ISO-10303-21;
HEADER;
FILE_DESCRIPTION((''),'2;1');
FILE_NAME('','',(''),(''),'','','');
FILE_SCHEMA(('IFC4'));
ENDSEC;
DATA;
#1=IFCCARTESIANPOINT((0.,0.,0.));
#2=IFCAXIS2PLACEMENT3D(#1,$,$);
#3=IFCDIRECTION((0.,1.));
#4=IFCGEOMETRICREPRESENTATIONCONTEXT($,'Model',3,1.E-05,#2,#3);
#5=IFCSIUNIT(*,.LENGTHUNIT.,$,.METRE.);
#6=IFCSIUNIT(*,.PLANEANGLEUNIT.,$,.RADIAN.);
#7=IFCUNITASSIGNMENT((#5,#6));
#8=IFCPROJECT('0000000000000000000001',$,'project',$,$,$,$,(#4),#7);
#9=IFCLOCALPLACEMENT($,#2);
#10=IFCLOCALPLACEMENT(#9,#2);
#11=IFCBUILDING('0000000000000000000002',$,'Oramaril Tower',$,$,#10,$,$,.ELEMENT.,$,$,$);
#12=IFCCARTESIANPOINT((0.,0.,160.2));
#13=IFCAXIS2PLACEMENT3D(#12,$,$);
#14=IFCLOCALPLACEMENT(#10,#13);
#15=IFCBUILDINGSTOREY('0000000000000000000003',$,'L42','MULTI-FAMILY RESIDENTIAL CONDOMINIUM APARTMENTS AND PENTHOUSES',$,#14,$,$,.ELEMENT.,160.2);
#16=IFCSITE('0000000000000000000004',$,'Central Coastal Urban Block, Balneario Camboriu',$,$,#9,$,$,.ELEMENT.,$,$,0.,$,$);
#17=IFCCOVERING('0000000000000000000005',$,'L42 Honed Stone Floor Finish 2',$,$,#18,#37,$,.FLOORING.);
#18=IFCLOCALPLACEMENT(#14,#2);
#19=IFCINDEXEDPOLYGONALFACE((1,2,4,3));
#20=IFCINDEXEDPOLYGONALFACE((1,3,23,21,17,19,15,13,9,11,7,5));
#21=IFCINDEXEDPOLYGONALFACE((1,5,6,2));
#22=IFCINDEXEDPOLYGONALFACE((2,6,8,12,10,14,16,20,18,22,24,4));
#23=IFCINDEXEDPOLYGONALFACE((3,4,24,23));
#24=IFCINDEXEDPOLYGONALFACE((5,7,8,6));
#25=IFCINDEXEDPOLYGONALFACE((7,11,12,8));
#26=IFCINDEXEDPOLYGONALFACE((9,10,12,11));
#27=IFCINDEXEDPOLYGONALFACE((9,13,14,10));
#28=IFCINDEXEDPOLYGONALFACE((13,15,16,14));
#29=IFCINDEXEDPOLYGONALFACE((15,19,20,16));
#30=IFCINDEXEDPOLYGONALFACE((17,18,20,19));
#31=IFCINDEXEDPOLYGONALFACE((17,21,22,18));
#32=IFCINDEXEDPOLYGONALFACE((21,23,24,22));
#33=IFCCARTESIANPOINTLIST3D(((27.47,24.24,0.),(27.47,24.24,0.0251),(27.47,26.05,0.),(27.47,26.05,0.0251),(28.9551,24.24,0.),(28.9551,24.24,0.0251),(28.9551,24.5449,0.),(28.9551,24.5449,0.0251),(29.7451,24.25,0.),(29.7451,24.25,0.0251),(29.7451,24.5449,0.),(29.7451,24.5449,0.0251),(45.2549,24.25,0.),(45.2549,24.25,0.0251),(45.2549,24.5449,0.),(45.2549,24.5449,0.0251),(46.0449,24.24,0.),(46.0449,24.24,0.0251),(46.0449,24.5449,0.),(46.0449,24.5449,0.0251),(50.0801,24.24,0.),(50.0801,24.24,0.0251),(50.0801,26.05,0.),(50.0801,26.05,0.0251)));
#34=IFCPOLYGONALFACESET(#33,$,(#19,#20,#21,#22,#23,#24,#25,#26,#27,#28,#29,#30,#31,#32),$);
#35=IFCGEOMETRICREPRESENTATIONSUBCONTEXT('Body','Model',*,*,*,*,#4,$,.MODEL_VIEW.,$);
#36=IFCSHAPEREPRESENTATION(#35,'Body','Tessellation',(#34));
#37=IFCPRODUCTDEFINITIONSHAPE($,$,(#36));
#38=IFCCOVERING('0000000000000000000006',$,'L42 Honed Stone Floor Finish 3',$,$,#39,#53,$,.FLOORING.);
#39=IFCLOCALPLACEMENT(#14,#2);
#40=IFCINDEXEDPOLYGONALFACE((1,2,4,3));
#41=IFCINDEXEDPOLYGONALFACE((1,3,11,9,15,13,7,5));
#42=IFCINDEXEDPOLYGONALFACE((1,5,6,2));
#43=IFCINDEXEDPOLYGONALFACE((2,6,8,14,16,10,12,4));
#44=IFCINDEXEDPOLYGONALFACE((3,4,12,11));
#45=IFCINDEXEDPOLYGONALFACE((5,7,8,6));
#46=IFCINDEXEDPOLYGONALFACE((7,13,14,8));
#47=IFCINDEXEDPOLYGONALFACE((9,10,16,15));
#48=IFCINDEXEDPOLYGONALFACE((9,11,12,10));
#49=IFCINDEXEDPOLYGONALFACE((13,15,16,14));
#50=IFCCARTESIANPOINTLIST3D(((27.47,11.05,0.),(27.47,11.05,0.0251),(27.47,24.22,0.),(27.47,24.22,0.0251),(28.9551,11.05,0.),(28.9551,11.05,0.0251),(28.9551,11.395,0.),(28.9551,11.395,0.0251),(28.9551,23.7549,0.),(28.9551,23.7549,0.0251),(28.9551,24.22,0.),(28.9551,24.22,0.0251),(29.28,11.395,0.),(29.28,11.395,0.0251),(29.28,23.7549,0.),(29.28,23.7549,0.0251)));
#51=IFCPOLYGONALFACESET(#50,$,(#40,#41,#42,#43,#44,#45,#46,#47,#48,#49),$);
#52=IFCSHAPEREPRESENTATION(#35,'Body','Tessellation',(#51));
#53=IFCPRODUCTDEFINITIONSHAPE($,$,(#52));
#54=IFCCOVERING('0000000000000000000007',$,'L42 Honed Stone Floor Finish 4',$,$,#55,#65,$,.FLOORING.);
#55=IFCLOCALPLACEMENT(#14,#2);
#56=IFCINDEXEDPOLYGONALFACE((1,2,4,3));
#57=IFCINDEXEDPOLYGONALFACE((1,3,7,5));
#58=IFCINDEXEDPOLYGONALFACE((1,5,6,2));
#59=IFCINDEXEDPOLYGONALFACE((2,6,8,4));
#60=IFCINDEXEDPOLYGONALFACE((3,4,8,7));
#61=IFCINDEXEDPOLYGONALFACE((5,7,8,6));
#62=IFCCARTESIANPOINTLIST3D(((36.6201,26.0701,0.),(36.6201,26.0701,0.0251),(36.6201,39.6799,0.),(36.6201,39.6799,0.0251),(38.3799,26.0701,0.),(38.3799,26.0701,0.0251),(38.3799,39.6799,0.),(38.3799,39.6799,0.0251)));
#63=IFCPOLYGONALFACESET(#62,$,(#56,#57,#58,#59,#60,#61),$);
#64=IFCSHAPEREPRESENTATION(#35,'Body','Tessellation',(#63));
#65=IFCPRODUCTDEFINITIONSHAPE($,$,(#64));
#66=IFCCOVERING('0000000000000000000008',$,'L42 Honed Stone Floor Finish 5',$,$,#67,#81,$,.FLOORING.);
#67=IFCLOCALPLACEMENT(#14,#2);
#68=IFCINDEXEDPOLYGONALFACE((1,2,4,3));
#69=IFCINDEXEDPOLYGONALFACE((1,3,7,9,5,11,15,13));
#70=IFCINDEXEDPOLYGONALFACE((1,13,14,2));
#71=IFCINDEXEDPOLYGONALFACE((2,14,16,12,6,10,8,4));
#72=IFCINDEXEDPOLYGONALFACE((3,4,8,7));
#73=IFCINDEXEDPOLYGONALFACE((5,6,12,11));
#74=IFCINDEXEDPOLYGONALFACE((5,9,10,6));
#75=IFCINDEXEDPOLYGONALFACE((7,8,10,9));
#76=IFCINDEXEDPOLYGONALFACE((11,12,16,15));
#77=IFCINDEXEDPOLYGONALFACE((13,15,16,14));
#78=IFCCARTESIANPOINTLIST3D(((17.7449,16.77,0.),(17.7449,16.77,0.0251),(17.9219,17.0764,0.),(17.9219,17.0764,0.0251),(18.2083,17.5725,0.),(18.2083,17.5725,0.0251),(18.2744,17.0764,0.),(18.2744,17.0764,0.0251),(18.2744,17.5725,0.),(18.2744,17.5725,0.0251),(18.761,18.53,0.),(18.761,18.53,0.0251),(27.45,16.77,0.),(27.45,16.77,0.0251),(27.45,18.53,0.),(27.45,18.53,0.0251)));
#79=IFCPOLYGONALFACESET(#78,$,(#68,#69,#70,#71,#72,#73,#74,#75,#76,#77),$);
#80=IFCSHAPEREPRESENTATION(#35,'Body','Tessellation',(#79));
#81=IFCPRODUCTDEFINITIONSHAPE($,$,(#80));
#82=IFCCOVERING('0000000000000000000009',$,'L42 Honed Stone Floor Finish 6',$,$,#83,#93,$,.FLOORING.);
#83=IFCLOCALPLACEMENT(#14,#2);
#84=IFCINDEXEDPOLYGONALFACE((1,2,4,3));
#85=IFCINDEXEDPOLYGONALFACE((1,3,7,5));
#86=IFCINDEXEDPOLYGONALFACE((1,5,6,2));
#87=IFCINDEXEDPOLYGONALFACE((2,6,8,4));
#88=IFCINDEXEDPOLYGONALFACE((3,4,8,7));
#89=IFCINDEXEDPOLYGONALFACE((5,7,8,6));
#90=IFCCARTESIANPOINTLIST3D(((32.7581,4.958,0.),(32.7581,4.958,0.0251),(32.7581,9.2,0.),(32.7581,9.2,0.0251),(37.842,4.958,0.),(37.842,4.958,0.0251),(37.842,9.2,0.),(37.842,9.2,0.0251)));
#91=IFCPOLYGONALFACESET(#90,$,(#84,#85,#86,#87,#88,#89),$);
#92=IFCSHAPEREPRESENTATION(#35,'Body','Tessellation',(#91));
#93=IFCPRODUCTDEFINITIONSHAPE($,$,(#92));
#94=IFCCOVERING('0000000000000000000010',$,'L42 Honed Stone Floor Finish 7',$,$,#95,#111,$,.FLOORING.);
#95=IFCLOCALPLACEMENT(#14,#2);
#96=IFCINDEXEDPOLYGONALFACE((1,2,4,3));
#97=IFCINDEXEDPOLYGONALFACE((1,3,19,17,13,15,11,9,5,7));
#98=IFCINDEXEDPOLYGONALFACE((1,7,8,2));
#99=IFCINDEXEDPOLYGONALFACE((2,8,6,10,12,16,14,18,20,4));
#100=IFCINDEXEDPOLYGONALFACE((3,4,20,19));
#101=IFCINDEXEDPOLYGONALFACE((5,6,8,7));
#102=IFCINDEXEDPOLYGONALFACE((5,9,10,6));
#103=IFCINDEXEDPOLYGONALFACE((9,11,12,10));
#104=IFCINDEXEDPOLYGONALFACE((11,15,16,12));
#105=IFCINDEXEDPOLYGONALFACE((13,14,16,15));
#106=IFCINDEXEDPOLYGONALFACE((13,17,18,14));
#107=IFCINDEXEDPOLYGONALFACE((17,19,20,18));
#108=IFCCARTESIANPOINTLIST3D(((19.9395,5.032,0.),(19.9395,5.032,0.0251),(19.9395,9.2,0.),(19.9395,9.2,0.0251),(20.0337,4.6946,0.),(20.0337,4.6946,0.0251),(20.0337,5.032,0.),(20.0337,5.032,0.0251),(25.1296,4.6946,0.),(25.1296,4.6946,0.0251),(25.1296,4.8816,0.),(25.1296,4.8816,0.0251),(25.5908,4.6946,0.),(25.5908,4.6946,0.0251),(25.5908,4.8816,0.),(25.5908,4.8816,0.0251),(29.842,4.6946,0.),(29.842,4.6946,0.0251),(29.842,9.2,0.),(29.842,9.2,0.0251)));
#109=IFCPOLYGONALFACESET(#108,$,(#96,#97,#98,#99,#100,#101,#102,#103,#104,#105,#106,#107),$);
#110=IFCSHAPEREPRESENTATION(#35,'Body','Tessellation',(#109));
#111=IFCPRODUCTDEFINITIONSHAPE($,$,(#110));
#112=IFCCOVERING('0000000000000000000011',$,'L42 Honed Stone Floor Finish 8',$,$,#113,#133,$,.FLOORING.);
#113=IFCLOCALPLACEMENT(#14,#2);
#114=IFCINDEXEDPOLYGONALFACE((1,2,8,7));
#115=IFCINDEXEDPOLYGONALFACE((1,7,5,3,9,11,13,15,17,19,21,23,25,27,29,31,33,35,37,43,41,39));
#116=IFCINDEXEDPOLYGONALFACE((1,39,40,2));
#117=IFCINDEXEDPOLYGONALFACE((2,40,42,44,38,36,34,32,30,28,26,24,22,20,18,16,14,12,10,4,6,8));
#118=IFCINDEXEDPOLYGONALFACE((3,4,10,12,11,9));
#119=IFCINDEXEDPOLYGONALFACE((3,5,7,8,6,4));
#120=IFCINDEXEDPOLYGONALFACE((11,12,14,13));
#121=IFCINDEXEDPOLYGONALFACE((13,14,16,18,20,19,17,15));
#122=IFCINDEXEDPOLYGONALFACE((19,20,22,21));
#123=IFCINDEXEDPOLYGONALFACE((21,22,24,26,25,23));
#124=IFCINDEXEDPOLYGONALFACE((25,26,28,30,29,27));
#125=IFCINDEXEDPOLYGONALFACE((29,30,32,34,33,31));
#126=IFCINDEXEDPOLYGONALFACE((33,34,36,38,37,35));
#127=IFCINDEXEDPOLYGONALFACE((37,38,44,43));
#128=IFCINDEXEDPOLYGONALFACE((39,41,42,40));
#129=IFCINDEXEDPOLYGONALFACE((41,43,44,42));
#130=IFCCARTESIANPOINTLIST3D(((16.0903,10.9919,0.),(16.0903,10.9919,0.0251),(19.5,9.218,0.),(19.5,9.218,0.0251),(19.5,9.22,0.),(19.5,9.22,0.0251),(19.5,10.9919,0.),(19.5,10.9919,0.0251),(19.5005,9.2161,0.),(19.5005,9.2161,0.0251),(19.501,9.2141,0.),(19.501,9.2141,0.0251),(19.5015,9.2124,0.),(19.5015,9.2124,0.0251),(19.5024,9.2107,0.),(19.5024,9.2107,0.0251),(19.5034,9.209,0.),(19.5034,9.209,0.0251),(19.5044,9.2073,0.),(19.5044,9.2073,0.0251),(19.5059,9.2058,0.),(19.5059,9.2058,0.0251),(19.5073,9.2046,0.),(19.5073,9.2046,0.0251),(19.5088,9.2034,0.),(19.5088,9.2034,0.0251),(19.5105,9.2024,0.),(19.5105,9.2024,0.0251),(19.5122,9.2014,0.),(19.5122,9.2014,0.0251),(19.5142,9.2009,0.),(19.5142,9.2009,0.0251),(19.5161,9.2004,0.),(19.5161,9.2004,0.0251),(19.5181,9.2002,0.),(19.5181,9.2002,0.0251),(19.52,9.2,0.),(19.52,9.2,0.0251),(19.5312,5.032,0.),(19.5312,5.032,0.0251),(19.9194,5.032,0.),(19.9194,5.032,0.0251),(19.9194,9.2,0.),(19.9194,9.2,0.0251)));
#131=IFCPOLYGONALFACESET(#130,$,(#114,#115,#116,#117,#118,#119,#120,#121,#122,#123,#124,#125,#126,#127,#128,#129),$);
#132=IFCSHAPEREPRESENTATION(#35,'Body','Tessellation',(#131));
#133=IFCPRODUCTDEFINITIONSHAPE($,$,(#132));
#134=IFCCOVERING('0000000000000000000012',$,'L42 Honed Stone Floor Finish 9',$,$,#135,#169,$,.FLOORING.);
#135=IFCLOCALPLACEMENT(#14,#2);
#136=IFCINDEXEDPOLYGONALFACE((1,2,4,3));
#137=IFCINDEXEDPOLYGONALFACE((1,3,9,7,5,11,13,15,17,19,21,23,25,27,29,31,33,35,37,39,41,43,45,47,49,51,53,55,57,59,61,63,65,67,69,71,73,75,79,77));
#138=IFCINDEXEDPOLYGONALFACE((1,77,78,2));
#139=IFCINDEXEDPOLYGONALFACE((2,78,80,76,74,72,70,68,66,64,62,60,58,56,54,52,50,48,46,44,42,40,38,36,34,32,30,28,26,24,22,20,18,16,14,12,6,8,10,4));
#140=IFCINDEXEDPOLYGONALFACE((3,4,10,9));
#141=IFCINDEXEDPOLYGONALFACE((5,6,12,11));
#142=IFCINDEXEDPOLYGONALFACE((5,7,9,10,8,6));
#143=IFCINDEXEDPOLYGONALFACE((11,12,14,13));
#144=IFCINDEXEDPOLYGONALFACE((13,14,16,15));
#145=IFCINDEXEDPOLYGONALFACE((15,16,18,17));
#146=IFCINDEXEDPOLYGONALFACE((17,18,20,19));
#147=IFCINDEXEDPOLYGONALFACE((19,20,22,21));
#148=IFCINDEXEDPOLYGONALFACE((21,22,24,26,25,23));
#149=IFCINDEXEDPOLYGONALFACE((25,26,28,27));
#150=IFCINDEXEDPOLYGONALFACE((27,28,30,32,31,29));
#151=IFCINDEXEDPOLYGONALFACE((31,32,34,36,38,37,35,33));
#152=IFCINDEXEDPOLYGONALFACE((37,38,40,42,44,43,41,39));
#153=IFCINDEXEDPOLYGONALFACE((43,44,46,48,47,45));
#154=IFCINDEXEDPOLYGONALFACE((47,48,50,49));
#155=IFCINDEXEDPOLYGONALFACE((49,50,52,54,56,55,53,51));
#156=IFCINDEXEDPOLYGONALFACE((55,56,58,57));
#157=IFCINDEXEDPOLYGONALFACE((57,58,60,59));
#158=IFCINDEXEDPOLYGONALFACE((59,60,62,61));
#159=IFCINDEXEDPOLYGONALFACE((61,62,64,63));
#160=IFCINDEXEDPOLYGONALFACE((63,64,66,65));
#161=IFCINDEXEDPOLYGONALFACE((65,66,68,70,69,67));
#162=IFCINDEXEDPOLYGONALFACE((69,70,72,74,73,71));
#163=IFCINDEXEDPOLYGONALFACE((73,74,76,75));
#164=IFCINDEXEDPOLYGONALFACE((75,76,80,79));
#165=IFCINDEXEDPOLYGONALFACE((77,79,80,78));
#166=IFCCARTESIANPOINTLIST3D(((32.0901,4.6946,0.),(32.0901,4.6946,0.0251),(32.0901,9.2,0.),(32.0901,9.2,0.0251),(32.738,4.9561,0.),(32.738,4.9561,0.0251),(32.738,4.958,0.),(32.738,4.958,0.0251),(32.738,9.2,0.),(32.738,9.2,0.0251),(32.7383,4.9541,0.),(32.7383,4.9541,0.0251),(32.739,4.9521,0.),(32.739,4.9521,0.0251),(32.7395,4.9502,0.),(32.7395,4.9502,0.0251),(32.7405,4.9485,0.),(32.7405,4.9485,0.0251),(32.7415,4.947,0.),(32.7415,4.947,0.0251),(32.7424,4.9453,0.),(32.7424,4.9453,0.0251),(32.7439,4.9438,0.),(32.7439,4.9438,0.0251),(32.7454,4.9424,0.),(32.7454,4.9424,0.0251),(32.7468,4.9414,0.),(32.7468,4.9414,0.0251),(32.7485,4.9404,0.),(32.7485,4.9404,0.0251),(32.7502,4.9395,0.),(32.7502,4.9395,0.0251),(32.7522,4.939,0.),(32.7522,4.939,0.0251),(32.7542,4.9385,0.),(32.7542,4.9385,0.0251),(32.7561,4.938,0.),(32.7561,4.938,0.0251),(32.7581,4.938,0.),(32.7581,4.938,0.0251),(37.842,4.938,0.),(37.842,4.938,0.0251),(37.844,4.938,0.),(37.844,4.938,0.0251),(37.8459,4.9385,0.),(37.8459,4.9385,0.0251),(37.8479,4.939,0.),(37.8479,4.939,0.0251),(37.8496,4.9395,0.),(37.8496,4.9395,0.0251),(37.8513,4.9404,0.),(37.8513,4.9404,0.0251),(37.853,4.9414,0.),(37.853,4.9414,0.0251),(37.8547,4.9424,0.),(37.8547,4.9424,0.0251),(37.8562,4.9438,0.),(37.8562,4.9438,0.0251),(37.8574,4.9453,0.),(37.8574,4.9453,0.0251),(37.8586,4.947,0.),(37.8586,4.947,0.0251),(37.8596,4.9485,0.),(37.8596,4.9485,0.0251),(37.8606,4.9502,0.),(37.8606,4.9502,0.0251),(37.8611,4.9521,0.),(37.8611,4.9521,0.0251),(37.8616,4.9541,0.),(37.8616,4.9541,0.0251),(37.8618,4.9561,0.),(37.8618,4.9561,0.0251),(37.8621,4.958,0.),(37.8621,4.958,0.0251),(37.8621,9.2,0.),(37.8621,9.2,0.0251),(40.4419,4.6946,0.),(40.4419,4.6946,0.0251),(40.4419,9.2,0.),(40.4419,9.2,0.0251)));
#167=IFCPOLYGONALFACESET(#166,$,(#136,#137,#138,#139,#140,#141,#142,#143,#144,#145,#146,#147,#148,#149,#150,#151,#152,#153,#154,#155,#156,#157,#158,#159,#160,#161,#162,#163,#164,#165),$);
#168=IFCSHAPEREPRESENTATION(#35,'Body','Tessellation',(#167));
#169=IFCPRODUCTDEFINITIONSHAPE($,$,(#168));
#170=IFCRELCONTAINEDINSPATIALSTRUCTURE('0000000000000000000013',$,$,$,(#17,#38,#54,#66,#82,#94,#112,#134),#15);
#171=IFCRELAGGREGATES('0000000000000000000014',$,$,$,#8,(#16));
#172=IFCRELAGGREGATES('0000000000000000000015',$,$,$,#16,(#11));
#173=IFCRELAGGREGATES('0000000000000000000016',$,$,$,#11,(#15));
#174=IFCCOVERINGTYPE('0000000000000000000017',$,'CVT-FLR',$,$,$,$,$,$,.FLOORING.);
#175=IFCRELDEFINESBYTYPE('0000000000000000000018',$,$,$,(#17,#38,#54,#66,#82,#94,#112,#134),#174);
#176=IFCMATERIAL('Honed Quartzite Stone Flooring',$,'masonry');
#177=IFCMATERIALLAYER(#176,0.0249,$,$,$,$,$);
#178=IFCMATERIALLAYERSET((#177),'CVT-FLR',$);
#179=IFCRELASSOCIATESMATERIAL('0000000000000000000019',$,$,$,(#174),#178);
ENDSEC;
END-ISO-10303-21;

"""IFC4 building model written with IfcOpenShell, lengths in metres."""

from ifc_helpers import new_model, si_unit, direction, frame, origin, place, context, subcontext, project, spatial, polyline, outline, extrude, material, layer, layer_set, type_object, element, save


model = new_model("IFC4")

# Units and contexts
model_context = context("Model", 3, precision=1e-05, world=origin(), true_north=direction((0.0, 1.0)))
body_context = subcontext(model_context, "Body", "Model", "MODEL_VIEW")
ifc_project = project(units=[si_unit("LENGTHUNIT", "METRE"), si_unit("PLANEANGLEUNIT", "RADIAN")], contexts=[model_context])

# Site, building, storey
site_placement = place(None, origin())
site = spatial("IfcSite", under=ifc_project, at=site_placement, Name="Central Coastal Urban Block, Balneario Camboriu", CompositionType="ELEMENT", RefElevation=0.0)
building_placement = place(site_placement, origin())
building = spatial("IfcBuilding", under=site, at=building_placement, Name="Oramaril Tower", CompositionType="ELEMENT")
storey_placement = place(building_placement, frame((0.0, 0.0, 160.2)))
storey = spatial("IfcBuildingStorey", under=building, at=storey_placement, Name="L42", Description="MULTI-FAMILY RESIDENTIAL CONDOMINIUM APARTMENTS AND PENTHOUSES", CompositionType="ELEMENT", Elevation=160.2)

# Coverings
ifc_material_1 = material(Name="Honed Quartzite Stone Flooring", Category="masonry")
ifc_layer_1 = layer(ifc_material_1, 0.0249)
ifc_layer_set_1 = layer_set([ifc_layer_1], Name="CVT-FLR")
covering_type_1 = type_object("IfcCoveringType", Name="CVT-FLR", PredefinedType="FLOORING", material=ifc_layer_set_1)
covering_1_placement = place(storey_placement, origin())
element("IfcCovering", 1, at=covering_1_placement, inside=storey, type_object=covering_type_1, Name="L42 Honed Stone Floor Finish 2", PredefinedType="FLOORING", context=body_context, shape_type="SweptSolid", body=[
    extrude(outline(polyline([(50.0801, 24.24), (46.0449, 24.24), (46.0449, 24.5449), (45.2549, 24.5449), (45.2549, 24.25), (29.7451, 24.25), (29.7451, 24.5449), (28.9551, 24.5449), (28.9551, 24.24), (27.47, 24.24), (27.47, 26.05), (50.0801, 26.05), (50.0801, 24.24)])), origin(), (0.0, 0.0, 1.0), 0.0251),
])
covering_2_placement = place(storey_placement, origin())
element("IfcCovering", 2, at=covering_2_placement, inside=storey, type_object=covering_type_1, Name="L42 Honed Stone Floor Finish 3", PredefinedType="FLOORING", context=body_context, shape_type="SweptSolid", body=[
    extrude(outline(polyline([(28.9551, 23.7549), (29.28, 23.7549), (29.28, 11.395), (28.9551, 11.395), (28.9551, 11.05), (27.47, 11.05), (27.47, 24.22), (28.9551, 24.22), (28.9551, 23.7549)])), origin(), (0.0, 0.0, 1.0), 0.0251),
])
covering_3_placement = place(storey_placement, origin())
element("IfcCovering", 3, at=covering_3_placement, inside=storey, type_object=covering_type_1, Name="L42 Honed Stone Floor Finish 4", PredefinedType="FLOORING", context=body_context, shape_type="SweptSolid", body=[
    extrude(outline(polyline([(38.3799, 26.0701), (36.6201, 26.0701), (36.6201, 39.6799), (38.3799, 39.6799), (38.3799, 26.0701)])), origin(), (0.0, 0.0, 1.0), 0.0251),
])
covering_4_placement = place(storey_placement, origin())
element("IfcCovering", 4, at=covering_4_placement, inside=storey, type_object=covering_type_1, Name="L42 Honed Stone Floor Finish 5", PredefinedType="FLOORING", context=body_context, shape_type="SweptSolid", body=[
    extrude(outline(polyline([(17.7449, 16.77), (17.9219, 17.0764), (18.2744, 17.0764), (18.2744, 17.5725), (18.2083, 17.5725), (18.761, 18.53), (27.45, 18.53), (27.45, 16.77), (17.7449, 16.77)])), origin(), (0.0, 0.0, 1.0), 0.0251),
])
covering_5_placement = place(storey_placement, origin())
element("IfcCovering", 5, at=covering_5_placement, inside=storey, type_object=covering_type_1, Name="L42 Honed Stone Floor Finish 6", PredefinedType="FLOORING", context=body_context, shape_type="SweptSolid", body=[
    extrude(outline(polyline([(32.7581, 4.958), (32.7581, 9.2), (37.842, 9.2), (37.842, 4.958), (32.7581, 4.958)])), origin(), (0.0, 0.0, 1.0), 0.0251),
])
covering_6_placement = place(storey_placement, origin())
element("IfcCovering", 6, at=covering_6_placement, inside=storey, type_object=covering_type_1, Name="L42 Honed Stone Floor Finish 7", PredefinedType="FLOORING", context=body_context, shape_type="SweptSolid", body=[
    extrude(outline(polyline([(25.5908, 4.8816), (25.1296, 4.8816), (25.1296, 4.6946), (20.0337, 4.6946), (20.0337, 5.032), (19.9395, 5.032), (19.9395, 9.2), (29.842, 9.2), (29.842, 4.6946), (25.5908, 4.6946), (25.5908, 4.8816)])), origin(), (0.0, 0.0, 1.0), 0.0251),
])
covering_7_placement = place(storey_placement, origin())
element("IfcCovering", 7, at=covering_7_placement, inside=storey, type_object=covering_type_1, Name="L42 Honed Stone Floor Finish 8", PredefinedType="FLOORING", context=body_context, shape_type="SweptSolid", body=[
    extrude(outline(polyline([(19.5312, 5.032), (16.0903, 10.9919), (19.5, 10.9919), (19.5, 9.22), (19.5, 9.218), (19.5005, 9.2161), (19.501, 9.2141), (19.5015, 9.2124), (19.5024, 9.2107), (19.5034, 9.209), (19.5044, 9.2073), (19.5059, 9.2058), (19.5073, 9.2046), (19.5088, 9.2034), (19.5105, 9.2024), (19.5122, 9.2014), (19.5142, 9.2009), (19.5161, 9.2004), (19.5181, 9.2002), (19.52, 9.2), (19.9194, 9.2), (19.9194, 5.032), (19.5312, 5.032)])), origin(), (0.0, 0.0, 1.0), 0.0251),
])
covering_8_placement = place(storey_placement, origin())
element("IfcCovering", 8, at=covering_8_placement, inside=storey, type_object=covering_type_1, Name="L42 Honed Stone Floor Finish 9", PredefinedType="FLOORING", context=body_context, shape_type="SweptSolid", body=[
    extrude(outline(polyline([(40.4419, 4.6946), (32.0901, 4.6946), (32.0901, 9.2), (32.738, 9.2), (32.738, 4.958), (32.738, 4.9561), (32.7383, 4.9541), (32.739, 4.9521), (32.7395, 4.9502), (32.7405, 4.9485), (32.7415, 4.947), (32.7424, 4.9453), (32.7439, 4.9438), (32.7454, 4.9424), (32.7468, 4.9414), (32.7485, 4.9404), (32.7502, 4.9395), (32.7522, 4.939), (32.7542, 4.9385), (32.7561, 4.938), (32.7581, 4.938), (37.842, 4.938), (37.844, 4.938), (37.8459, 4.9385), (37.8479, 4.939), (37.8496, 4.9395), (37.8513, 4.9404), (37.853, 4.9414), (37.8547, 4.9424), (37.8562, 4.9438), (37.8574, 4.9453), (37.8586, 4.947), (37.8596, 4.9485), (37.8606, 4.9502), (37.8611, 4.9521), (37.8616, 4.9541), (37.8618, 4.9561), (37.8621, 4.958), (37.8621, 9.2), (40.4419, 9.2), (40.4419, 4.6946)])), origin(), (0.0, 0.0, 1.0), 0.0251),
])

save(model, "model.ifc")
